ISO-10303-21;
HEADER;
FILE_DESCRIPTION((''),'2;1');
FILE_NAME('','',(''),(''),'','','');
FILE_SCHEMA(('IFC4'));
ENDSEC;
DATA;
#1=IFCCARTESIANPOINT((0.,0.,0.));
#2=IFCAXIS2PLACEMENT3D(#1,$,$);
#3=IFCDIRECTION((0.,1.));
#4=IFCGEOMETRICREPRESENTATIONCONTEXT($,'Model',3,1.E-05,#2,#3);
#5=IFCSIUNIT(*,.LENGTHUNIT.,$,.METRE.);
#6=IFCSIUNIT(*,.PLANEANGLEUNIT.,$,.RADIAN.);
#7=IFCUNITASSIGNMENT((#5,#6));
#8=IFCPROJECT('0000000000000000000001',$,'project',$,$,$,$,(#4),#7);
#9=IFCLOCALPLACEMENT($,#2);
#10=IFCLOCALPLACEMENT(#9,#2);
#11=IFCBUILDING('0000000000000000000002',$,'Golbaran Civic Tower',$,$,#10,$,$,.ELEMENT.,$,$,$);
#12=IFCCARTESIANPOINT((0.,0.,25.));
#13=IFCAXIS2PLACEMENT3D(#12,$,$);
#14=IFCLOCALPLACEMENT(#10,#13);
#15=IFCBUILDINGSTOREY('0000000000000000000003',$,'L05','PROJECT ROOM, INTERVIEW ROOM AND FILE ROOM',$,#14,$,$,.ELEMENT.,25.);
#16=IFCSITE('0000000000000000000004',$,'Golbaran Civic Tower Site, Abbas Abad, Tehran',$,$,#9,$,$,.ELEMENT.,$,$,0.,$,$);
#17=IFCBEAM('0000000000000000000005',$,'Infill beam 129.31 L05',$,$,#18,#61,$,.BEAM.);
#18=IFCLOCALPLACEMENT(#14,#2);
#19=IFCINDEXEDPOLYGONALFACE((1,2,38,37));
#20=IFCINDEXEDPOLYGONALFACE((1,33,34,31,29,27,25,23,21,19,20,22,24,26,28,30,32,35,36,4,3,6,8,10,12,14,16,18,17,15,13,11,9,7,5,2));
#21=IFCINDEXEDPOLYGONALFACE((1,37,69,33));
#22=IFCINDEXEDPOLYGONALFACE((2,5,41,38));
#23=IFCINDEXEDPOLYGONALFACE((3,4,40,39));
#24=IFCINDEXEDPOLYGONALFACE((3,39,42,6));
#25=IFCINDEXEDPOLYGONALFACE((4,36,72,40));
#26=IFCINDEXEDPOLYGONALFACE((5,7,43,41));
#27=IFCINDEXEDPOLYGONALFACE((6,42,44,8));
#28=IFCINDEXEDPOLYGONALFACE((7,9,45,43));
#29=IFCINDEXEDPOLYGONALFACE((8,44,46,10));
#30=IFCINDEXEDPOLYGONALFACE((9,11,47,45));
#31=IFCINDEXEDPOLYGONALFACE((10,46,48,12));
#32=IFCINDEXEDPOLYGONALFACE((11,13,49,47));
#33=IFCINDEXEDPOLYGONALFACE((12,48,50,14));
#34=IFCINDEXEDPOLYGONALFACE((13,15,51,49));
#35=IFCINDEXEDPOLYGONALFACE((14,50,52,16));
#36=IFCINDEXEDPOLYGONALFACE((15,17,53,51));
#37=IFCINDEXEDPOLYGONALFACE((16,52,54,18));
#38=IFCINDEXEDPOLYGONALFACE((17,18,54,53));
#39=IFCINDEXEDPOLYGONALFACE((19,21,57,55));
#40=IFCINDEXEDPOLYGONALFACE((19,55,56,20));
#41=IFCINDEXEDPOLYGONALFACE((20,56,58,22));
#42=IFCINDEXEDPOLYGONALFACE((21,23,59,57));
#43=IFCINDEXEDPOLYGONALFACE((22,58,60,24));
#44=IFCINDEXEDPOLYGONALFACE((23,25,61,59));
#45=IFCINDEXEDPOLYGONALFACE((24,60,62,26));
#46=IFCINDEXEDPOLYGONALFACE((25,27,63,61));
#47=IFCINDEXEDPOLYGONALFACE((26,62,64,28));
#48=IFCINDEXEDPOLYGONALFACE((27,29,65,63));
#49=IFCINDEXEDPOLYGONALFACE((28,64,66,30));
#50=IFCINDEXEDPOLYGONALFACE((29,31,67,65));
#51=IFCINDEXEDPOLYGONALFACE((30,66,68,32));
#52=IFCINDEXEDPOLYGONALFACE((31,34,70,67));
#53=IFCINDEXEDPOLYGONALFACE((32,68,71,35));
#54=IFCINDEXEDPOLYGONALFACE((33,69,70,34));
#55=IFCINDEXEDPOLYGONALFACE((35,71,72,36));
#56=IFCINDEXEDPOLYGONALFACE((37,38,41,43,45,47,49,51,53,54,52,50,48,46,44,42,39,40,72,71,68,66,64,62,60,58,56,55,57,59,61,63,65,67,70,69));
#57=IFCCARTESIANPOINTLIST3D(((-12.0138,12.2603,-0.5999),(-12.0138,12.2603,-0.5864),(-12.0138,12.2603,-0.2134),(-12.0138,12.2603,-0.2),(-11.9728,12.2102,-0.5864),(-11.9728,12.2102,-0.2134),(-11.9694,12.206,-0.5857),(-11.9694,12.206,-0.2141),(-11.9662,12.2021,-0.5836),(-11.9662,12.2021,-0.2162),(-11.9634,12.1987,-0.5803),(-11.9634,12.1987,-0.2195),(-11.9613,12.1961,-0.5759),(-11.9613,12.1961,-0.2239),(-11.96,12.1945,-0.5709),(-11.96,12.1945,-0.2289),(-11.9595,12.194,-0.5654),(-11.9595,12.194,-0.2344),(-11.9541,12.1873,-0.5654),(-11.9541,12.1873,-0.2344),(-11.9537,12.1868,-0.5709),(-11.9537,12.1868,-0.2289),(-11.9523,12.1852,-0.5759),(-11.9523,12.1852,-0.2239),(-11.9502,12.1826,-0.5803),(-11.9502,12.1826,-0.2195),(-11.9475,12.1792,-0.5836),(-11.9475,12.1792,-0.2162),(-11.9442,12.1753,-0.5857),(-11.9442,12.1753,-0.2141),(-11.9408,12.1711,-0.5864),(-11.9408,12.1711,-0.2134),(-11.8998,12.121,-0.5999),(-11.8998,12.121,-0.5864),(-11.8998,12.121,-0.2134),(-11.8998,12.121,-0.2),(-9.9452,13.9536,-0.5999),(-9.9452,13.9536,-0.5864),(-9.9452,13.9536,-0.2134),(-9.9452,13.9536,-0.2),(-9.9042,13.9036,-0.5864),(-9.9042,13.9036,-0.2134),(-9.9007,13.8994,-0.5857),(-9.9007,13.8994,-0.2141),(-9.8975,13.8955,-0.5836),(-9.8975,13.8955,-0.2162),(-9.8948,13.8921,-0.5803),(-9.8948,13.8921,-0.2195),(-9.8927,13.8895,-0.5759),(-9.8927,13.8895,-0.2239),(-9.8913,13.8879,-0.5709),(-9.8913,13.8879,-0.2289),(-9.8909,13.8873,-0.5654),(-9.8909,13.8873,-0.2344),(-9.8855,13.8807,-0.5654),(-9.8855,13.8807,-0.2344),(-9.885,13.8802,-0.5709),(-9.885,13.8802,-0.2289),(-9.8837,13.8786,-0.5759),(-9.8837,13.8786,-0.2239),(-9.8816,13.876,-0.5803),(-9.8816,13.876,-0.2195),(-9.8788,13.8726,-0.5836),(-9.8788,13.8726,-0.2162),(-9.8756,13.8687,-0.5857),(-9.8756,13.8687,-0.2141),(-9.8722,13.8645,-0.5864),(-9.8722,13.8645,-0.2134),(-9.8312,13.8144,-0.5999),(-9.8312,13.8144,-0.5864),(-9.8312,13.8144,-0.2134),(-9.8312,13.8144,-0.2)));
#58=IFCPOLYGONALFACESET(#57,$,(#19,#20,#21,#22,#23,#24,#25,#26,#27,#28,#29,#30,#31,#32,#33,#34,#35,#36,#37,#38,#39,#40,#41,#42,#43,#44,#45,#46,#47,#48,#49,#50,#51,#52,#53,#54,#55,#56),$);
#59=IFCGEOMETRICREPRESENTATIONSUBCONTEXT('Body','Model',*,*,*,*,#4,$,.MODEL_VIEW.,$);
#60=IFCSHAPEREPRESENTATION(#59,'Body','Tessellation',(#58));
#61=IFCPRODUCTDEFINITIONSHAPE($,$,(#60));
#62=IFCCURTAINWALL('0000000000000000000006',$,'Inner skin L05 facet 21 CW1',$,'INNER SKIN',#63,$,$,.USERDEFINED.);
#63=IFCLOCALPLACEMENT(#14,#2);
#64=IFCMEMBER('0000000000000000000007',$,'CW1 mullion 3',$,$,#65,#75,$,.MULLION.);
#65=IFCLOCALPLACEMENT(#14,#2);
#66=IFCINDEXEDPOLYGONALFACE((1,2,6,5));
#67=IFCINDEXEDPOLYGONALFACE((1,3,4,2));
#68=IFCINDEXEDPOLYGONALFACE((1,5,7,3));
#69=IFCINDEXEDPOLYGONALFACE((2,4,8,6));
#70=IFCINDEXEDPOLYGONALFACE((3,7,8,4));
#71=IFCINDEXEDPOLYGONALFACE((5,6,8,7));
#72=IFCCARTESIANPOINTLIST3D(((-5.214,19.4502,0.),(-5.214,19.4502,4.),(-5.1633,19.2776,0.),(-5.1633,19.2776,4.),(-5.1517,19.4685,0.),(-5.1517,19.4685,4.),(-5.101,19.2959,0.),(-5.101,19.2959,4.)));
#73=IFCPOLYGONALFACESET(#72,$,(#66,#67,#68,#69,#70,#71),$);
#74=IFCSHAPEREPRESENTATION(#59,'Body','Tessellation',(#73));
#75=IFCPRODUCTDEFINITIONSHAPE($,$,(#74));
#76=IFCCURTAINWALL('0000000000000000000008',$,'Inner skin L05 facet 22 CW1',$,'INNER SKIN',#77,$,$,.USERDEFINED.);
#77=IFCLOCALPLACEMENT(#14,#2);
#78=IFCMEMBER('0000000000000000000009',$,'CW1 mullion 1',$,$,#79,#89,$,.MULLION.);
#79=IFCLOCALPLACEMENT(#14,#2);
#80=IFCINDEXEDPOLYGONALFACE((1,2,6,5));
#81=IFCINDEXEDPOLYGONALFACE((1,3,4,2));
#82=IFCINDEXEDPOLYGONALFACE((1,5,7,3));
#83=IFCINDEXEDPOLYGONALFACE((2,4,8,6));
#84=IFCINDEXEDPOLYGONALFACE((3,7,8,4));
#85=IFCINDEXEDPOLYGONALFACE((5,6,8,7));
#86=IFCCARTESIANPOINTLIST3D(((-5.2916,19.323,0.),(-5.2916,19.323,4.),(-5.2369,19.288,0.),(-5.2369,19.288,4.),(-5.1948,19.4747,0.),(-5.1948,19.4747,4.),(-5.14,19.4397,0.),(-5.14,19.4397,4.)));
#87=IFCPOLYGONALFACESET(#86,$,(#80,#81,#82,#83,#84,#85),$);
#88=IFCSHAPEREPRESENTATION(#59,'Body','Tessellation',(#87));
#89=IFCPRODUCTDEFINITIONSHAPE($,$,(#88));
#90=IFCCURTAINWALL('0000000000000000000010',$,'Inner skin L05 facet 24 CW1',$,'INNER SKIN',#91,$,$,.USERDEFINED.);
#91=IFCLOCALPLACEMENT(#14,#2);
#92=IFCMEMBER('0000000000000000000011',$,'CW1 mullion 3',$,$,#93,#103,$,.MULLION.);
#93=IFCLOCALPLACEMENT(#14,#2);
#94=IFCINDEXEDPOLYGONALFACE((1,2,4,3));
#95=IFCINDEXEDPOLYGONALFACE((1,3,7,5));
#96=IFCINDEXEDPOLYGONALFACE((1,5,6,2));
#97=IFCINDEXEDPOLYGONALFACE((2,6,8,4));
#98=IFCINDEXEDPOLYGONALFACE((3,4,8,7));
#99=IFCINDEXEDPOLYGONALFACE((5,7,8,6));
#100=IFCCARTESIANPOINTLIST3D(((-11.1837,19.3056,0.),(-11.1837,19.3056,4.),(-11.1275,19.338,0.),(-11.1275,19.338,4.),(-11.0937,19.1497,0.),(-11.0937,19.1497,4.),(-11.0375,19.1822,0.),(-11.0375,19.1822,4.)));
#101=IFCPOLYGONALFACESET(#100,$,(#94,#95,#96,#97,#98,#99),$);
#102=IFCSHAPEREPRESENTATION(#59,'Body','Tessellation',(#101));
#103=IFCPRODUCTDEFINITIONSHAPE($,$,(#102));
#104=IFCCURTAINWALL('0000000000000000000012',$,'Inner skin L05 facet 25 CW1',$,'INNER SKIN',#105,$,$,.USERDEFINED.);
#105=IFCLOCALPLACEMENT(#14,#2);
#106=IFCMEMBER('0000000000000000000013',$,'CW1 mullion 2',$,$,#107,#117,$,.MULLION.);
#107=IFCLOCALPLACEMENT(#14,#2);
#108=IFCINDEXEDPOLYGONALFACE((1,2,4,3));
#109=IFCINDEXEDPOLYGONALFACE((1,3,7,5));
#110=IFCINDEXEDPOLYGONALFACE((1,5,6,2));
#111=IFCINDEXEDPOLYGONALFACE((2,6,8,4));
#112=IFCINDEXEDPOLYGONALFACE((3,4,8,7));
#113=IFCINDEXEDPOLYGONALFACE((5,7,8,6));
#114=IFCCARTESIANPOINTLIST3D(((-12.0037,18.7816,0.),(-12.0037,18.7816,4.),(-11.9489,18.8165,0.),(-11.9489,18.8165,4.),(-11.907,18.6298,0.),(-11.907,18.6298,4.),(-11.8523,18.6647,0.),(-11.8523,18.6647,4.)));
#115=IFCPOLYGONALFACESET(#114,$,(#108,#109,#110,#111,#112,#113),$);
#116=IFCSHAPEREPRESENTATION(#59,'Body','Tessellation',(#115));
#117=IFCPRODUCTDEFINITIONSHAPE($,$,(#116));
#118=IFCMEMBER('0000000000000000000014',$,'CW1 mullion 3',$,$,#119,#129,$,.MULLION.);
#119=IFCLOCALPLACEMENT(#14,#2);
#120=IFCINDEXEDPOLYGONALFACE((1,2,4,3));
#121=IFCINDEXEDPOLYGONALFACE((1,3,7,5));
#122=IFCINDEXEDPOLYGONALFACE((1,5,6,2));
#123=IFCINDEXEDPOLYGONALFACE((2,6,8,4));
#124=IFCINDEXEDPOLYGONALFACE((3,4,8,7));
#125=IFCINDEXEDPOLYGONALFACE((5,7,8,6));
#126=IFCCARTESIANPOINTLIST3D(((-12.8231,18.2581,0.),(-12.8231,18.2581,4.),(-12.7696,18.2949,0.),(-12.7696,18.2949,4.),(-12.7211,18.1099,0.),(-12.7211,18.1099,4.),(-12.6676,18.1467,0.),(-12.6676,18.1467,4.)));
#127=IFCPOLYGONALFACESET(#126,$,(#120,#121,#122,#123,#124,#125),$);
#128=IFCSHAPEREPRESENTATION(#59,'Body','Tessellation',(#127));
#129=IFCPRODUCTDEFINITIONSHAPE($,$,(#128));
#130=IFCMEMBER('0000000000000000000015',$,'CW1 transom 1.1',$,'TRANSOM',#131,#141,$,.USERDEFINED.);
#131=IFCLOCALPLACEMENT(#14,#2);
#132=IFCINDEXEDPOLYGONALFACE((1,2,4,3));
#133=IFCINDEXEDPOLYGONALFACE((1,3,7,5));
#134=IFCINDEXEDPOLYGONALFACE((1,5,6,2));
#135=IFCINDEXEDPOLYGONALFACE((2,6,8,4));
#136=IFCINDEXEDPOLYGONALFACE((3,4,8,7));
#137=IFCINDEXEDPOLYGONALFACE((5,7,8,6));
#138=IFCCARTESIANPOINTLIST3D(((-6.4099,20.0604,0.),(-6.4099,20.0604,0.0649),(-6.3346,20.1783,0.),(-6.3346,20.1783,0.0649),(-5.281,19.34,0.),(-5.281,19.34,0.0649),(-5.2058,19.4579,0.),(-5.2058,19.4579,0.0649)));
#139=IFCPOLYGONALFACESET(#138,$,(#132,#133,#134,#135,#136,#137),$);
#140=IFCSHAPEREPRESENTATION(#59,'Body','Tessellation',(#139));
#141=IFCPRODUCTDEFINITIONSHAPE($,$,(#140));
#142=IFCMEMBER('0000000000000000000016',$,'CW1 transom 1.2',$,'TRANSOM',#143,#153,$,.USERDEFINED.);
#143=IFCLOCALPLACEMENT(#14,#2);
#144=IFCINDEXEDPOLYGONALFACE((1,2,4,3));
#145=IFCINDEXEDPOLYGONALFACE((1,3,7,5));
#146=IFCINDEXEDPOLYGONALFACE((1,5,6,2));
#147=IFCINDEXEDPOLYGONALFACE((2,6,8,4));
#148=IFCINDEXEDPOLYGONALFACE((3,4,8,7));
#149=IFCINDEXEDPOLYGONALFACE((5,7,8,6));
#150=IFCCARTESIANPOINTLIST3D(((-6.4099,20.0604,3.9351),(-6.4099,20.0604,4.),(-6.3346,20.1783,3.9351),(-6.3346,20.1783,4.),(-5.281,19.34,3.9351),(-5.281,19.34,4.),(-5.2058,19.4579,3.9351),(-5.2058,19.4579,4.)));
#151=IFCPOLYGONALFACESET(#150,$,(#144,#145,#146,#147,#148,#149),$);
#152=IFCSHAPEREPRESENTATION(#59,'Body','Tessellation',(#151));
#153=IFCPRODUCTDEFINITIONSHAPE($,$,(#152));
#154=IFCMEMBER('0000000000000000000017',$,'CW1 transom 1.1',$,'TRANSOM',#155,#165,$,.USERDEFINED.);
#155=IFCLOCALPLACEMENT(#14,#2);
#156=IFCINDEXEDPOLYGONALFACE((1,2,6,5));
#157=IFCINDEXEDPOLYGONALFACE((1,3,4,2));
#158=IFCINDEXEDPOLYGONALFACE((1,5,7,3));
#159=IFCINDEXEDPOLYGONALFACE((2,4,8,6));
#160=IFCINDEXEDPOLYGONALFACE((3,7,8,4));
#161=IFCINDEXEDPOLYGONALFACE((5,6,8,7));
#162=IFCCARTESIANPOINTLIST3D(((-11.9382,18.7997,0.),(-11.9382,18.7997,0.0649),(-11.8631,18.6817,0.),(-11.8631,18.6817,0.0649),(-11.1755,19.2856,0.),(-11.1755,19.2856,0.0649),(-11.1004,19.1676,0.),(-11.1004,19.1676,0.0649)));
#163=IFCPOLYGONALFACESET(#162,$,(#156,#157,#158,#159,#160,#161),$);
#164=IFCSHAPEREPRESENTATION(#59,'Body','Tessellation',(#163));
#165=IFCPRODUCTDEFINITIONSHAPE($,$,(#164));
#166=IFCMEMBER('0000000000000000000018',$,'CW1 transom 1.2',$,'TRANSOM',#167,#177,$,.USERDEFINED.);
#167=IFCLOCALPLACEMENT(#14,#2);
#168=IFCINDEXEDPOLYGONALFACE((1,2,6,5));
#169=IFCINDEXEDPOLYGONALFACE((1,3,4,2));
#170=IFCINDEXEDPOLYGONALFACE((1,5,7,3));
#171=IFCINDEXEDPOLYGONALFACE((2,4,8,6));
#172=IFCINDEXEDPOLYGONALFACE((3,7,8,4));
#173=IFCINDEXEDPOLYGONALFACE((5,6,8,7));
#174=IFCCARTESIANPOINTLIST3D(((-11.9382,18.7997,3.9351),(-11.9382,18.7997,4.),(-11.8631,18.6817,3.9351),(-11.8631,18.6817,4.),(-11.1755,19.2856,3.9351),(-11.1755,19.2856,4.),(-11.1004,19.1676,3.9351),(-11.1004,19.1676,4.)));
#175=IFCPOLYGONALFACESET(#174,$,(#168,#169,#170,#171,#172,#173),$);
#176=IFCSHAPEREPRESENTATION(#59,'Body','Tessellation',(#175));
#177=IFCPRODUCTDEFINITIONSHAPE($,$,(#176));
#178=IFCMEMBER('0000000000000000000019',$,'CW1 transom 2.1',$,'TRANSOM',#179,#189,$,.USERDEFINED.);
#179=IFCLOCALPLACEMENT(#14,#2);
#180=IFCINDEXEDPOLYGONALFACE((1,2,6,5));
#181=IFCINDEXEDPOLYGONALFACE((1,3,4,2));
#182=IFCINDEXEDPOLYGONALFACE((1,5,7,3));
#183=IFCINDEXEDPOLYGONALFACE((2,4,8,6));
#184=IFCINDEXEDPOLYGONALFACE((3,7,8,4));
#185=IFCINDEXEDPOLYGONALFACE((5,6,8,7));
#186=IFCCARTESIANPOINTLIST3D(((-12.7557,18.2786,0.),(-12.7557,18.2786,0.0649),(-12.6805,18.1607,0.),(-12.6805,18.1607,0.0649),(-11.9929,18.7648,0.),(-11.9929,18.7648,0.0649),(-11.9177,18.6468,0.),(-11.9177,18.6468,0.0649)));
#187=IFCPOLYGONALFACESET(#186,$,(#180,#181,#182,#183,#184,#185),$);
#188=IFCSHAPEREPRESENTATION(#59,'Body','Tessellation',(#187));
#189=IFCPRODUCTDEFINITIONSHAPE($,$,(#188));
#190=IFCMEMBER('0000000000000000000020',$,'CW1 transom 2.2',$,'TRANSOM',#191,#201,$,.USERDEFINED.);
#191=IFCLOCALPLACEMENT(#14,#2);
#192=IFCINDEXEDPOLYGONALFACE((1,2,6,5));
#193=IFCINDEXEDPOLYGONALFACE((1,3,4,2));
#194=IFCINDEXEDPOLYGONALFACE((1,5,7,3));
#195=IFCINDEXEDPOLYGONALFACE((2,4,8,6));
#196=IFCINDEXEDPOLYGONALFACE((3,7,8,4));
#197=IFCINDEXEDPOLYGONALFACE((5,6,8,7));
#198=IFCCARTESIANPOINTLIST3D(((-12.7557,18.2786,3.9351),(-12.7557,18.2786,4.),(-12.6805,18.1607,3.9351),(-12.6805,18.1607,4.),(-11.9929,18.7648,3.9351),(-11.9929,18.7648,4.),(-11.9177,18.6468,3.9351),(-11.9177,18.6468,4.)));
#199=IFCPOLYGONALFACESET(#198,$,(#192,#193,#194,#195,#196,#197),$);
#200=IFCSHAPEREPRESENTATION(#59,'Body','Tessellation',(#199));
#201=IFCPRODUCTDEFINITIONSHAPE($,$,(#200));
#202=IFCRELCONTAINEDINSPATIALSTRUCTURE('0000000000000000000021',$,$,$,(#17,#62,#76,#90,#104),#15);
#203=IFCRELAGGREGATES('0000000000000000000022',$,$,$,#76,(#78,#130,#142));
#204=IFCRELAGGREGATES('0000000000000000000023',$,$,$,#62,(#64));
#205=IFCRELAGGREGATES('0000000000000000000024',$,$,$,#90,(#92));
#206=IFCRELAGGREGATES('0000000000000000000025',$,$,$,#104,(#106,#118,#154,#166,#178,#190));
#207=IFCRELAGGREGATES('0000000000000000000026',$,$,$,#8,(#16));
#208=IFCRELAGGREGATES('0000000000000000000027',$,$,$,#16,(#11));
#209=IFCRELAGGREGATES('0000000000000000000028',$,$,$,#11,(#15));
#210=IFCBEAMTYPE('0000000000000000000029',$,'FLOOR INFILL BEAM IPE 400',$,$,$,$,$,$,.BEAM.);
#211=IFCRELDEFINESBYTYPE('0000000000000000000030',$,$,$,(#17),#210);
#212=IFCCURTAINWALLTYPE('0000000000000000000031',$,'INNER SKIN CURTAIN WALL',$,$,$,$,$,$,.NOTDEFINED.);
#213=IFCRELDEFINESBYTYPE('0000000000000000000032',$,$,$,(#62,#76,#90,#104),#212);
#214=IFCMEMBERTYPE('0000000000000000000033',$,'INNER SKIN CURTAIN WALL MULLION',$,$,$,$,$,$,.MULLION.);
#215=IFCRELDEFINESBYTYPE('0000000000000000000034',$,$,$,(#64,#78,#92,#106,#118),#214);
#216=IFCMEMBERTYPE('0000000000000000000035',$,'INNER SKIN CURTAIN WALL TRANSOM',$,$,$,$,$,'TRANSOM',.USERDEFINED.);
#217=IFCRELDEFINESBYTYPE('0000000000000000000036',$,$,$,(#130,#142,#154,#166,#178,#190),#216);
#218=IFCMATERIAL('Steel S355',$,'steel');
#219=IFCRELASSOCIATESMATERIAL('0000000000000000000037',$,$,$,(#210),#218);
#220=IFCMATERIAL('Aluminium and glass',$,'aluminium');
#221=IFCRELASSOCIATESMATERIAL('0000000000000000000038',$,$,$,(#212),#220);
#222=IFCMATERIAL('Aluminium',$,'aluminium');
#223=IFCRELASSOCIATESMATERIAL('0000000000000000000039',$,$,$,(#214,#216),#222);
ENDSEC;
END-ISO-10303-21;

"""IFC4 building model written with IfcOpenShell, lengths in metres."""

from ifc_helpers import new_model, si_unit, direction, frame, origin, origin_2d, place, context, subcontext, project, spatial, rectangle, i_section, extrude, material, material_profile, profile_set, type_object, element, aggregate, save


model = new_model("IFC4")

# Units and contexts
model_context = context("Model", 3, precision=1e-05, world=origin(), true_north=direction((0.0, 1.0)))
body_context = subcontext(model_context, "Body", "Model", "MODEL_VIEW")
ifc_project = project(units=[si_unit("LENGTHUNIT", "METRE"), si_unit("PLANEANGLEUNIT", "RADIAN")], contexts=[model_context])

# Site, building, storey
site_placement = place(None, origin())
site = spatial("IfcSite", under=ifc_project, at=site_placement, Name="Golbaran Civic Tower Site, Abbas Abad, Tehran", CompositionType="ELEMENT", RefElevation=0.0)
building_placement = place(site_placement, origin())
building = spatial("IfcBuilding", under=site, at=building_placement, Name="Golbaran Civic Tower", CompositionType="ELEMENT")
storey_placement = place(building_placement, frame((0.0, 0.0, 25.0)))
storey = spatial("IfcBuildingStorey", under=building, at=storey_placement, Name="L05", Description="PROJECT ROOM, INTERVIEW ROOM AND FILE ROOM", CompositionType="ELEMENT", Elevation=25.0)

# Beam
ifc_material_1 = material(Name="Steel S355", Category="steel")
ifc_material_profile_1 = material_profile(ifc_material_1, i_section(OverallWidth=0.1799, OverallDepth=0.3999, WebThickness=0.0085, FlangeThickness=0.0134, FilletRadius=0.021, at=origin_2d()), Name="IPE 400")
ifc_profile_set_1 = profile_set([ifc_material_profile_1], Name="Steel S355")
beam_type_1 = type_object("IfcBeamType", Name="FLOOR INFILL BEAM IPE 400", PredefinedType="BEAM", material=ifc_profile_set_1)
beam_1_placement = place(storey_placement, frame((-9.8882, 13.884, -0.3999), z_axis=(-0.773799, -0.633432, 0.0), x_axis=(0.633432, -0.773799, 0.0)))
element("IfcBeam", 1, at=beam_1_placement, inside=storey, type_object=beam_type_1, Name="Infill beam 129.31 L05", PredefinedType="BEAM", context=body_context, shape_type="SweptSolid", body=[
    extrude(i_section(OverallWidth=0.1799, OverallDepth=0.3999, WebThickness=0.0085, FlangeThickness=0.0134, FilletRadius=0.021, at=origin_2d()), origin(), (0.0, 0.0, 1.0), 2.6733),
])

# Curtain walls, members
ifc_material_2 = material(Name="Aluminium and glass", Category="aluminium")
curtain_wall_type = type_object("IfcCurtainWallType", Name="INNER SKIN CURTAIN WALL", PredefinedType="NOTDEFINED", material=ifc_material_2)
curtain_wall_1_placement = place(storey_placement, origin())
curtain_wall_1 = element("IfcCurtainWall", 2, at=curtain_wall_1_placement, inside=storey, type_object=curtain_wall_type, Name="Inner skin L05 facet 21 CW1", ObjectType="INNER SKIN", PredefinedType="USERDEFINED")
ifc_material_3 = material(Name="Aluminium", Category="aluminium")
ifc_material_profile_2 = material_profile(ifc_material_3, rectangle(XDim=0.1799, YDim=0.0649, at=origin_2d()), Name="INNER SKIN CURTAIN WALL MULLION")
ifc_profile_set_2 = profile_set([ifc_material_profile_2], Name="Aluminium")
member_type_1 = type_object("IfcMemberType", Name="INNER SKIN CURTAIN WALL MULLION", PredefinedType="MULLION", material=ifc_profile_set_2)
member_1_placement = place(storey_placement, frame((-5.1575, 19.373, 0.0), z_axis=(0.0, 0.0, 1.0), x_axis=(0.281964, -0.959425, 0.0)))
member_1 = element("IfcMember", 3, at=member_1_placement, type_object=member_type_1, Name="CW1 mullion 3", PredefinedType="MULLION", context=body_context, shape_type="SweptSolid", body=[
    extrude(rectangle(XDim=0.1799, YDim=0.0649, at=origin_2d()), origin(), (0.0, 0.0, 1.0), 4.0),
])
curtain_wall_2_placement = place(storey_placement, origin())
curtain_wall_2 = element("IfcCurtainWall", 4, at=curtain_wall_2_placement, inside=storey, type_object=curtain_wall_type, Name="Inner skin L05 facet 22 CW1", ObjectType="INNER SKIN", PredefinedType="USERDEFINED")
member_2_placement = place(storey_placement, frame((-5.2158, 19.3813, 0.0), z_axis=(0.0, 0.0, 1.0), x_axis=(-0.538063, -0.842904, 0.0)))
member_2 = element("IfcMember", 5, at=member_2_placement, type_object=member_type_1, Name="CW1 mullion 1", PredefinedType="MULLION", context=body_context, shape_type="SweptSolid", body=[
    extrude(rectangle(XDim=0.1799, YDim=0.0649, at=origin_2d()), origin(), (0.0, 0.0, 1.0), 4.0),
])
curtain_wall_3_placement = place(storey_placement, origin())
curtain_wall_3 = element("IfcCurtainWall", 6, at=curtain_wall_3_placement, inside=storey, type_object=curtain_wall_type, Name="Inner skin L05 facet 24 CW1", ObjectType="INNER SKIN", PredefinedType="USERDEFINED")
member_3_placement = place(storey_placement, frame((-11.1106, 19.2439, 0.0), z_axis=(0.0, 0.0, 1.0), x_axis=(0.5, -0.866025, 0.0)))
member_3 = element("IfcMember", 7, at=member_3_placement, type_object=member_type_1, Name="CW1 mullion 3", PredefinedType="MULLION", context=body_context, shape_type="SweptSolid", body=[
    extrude(rectangle(XDim=0.1799, YDim=0.0649, at=origin_2d()), origin(), (0.0, 0.0, 1.0), 4.0),
])

# Curtain wall, members
curtain_wall_4_placement = place(storey_placement, origin())
curtain_wall_4 = element("IfcCurtainWall", 8, at=curtain_wall_4_placement, inside=storey, type_object=curtain_wall_type, Name="Inner skin L05 facet 25 CW1", ObjectType="INNER SKIN", PredefinedType="USERDEFINED")
member_4_placement = place(storey_placement, frame((-11.928, 18.7231, 0.0), z_axis=(0.0, 0.0, 1.0), x_axis=(0.5373, -0.843391, 0.0)))
member_4 = element("IfcMember", 9, at=member_4_placement, type_object=member_type_1, Name="CW1 mullion 2", PredefinedType="MULLION", context=body_context, shape_type="SweptSolid", body=[
    extrude(rectangle(XDim=0.1799, YDim=0.0649, at=origin_2d()), origin(), (0.0, 0.0, 1.0), 4.0),
])
member_5_placement = place(storey_placement, frame((-12.7454, 18.2024, 0.0), z_axis=(0.0, 0.0, 1.0), x_axis=(0.56702, -0.823704, 0.0)))
member_5 = element("IfcMember", 10, at=member_5_placement, type_object=member_type_1, Name="CW1 mullion 3", PredefinedType="MULLION", context=body_context, shape_type="SweptSolid", body=[
    extrude(rectangle(XDim=0.1799, YDim=0.0649, at=origin_2d()), origin(), (0.0, 0.0, 1.0), 4.0),
])

# Members
ifc_material_profile_3 = material_profile(ifc_material_3, rectangle(XDim=0.1399, YDim=0.0649, at=origin_2d()), Name="INNER SKIN CURTAIN WALL TRANSOM")
ifc_profile_set_3 = profile_set([ifc_material_profile_3], Name="Aluminium")
member_type_2 = type_object("IfcMemberType", Name="INNER SKIN CURTAIN WALL TRANSOM", ElementType="TRANSOM", PredefinedType="USERDEFINED", material=ifc_profile_set_3)
member_6_placement = place(storey_placement, frame((-5.2434, 19.3989, 0.0325), z_axis=(-0.842963, 0.537972, 0.0), x_axis=(-0.537972, -0.842963, 0.0)))
member_6 = element("IfcMember", 11, at=member_6_placement, type_object=member_type_2, Name="CW1 transom 1.1", ObjectType="TRANSOM", PredefinedType="USERDEFINED", context=body_context, shape_type="SweptSolid", body=[
    extrude(rectangle(XDim=0.1399, YDim=0.0649, at=origin_2d()), origin(), (0.0, 0.0, 1.0), 1.3391),
])
member_7_placement = place(storey_placement, frame((-5.2434, 19.3989, 3.9675), z_axis=(-0.842963, 0.537972, 0.0), x_axis=(-0.537972, -0.842963, 0.0)))
member_7 = element("IfcMember", 12, at=member_7_placement, type_object=member_type_2, Name="CW1 transom 1.2", ObjectType="TRANSOM", PredefinedType="USERDEFINED", context=body_context, shape_type="SweptSolid", body=[
    extrude(rectangle(XDim=0.1399, YDim=0.0649, at=origin_2d()), origin(), (0.0, 0.0, 1.0), 1.3391),
])
aggregate(curtain_wall_2, [member_2, member_6, member_7])
member_8_placement = place(storey_placement, frame((-11.1379, 19.2266, 0.0325), z_axis=(-0.843417, -0.53726, 0.0), x_axis=(0.53726, -0.843417, 0.0)))
member_8 = element("IfcMember", 13, at=member_8_placement, type_object=member_type_2, Name="CW1 transom 1.1", ObjectType="TRANSOM", PredefinedType="USERDEFINED", context=body_context, shape_type="SweptSolid", body=[
    extrude(rectangle(XDim=0.1399, YDim=0.0649, at=origin_2d()), origin(), (0.0, 0.0, 1.0), 0.9043),
])
member_9_placement = place(storey_placement, frame((-11.1379, 19.2266, 3.9675), z_axis=(-0.843417, -0.53726, 0.0), x_axis=(0.53726, -0.843417, 0.0)))
member_9 = element("IfcMember", 14, at=member_9_placement, type_object=member_type_2, Name="CW1 transom 1.2", ObjectType="TRANSOM", PredefinedType="USERDEFINED", context=body_context, shape_type="SweptSolid", body=[
    extrude(rectangle(XDim=0.1399, YDim=0.0649, at=origin_2d()), origin(), (0.0, 0.0, 1.0), 0.9043),
])
member_10_placement = place(storey_placement, frame((-11.9553, 18.7058, 0.0325), z_axis=(-0.843294, -0.537452, 0.0), x_axis=(0.537452, -0.843294, 0.0)))
member_10 = element("IfcMember", 15, at=member_10_placement, type_object=member_type_2, Name="CW1 transom 2.1", ObjectType="TRANSOM", PredefinedType="USERDEFINED", context=body_context, shape_type="SweptSolid", body=[
    extrude(rectangle(XDim=0.1399, YDim=0.0649, at=origin_2d()), origin(), (0.0, 0.0, 1.0), 0.9045),
])
member_11_placement = place(storey_placement, frame((-11.9553, 18.7058, 3.9675), z_axis=(-0.843294, -0.537452, 0.0), x_axis=(0.537452, -0.843294, 0.0)))
member_11 = element("IfcMember", 16, at=member_11_placement, type_object=member_type_2, Name="CW1 transom 2.2", ObjectType="TRANSOM", PredefinedType="USERDEFINED", context=body_context, shape_type="SweptSolid", body=[
    extrude(rectangle(XDim=0.1399, YDim=0.0649, at=origin_2d()), origin(), (0.0, 0.0, 1.0), 0.9045),
])

aggregate(curtain_wall_1, [member_1])
aggregate(curtain_wall_3, [member_3])
aggregate(curtain_wall_4, [member_4, member_5, member_8, member_9, member_10, member_11])

save(model, "model.ifc")
